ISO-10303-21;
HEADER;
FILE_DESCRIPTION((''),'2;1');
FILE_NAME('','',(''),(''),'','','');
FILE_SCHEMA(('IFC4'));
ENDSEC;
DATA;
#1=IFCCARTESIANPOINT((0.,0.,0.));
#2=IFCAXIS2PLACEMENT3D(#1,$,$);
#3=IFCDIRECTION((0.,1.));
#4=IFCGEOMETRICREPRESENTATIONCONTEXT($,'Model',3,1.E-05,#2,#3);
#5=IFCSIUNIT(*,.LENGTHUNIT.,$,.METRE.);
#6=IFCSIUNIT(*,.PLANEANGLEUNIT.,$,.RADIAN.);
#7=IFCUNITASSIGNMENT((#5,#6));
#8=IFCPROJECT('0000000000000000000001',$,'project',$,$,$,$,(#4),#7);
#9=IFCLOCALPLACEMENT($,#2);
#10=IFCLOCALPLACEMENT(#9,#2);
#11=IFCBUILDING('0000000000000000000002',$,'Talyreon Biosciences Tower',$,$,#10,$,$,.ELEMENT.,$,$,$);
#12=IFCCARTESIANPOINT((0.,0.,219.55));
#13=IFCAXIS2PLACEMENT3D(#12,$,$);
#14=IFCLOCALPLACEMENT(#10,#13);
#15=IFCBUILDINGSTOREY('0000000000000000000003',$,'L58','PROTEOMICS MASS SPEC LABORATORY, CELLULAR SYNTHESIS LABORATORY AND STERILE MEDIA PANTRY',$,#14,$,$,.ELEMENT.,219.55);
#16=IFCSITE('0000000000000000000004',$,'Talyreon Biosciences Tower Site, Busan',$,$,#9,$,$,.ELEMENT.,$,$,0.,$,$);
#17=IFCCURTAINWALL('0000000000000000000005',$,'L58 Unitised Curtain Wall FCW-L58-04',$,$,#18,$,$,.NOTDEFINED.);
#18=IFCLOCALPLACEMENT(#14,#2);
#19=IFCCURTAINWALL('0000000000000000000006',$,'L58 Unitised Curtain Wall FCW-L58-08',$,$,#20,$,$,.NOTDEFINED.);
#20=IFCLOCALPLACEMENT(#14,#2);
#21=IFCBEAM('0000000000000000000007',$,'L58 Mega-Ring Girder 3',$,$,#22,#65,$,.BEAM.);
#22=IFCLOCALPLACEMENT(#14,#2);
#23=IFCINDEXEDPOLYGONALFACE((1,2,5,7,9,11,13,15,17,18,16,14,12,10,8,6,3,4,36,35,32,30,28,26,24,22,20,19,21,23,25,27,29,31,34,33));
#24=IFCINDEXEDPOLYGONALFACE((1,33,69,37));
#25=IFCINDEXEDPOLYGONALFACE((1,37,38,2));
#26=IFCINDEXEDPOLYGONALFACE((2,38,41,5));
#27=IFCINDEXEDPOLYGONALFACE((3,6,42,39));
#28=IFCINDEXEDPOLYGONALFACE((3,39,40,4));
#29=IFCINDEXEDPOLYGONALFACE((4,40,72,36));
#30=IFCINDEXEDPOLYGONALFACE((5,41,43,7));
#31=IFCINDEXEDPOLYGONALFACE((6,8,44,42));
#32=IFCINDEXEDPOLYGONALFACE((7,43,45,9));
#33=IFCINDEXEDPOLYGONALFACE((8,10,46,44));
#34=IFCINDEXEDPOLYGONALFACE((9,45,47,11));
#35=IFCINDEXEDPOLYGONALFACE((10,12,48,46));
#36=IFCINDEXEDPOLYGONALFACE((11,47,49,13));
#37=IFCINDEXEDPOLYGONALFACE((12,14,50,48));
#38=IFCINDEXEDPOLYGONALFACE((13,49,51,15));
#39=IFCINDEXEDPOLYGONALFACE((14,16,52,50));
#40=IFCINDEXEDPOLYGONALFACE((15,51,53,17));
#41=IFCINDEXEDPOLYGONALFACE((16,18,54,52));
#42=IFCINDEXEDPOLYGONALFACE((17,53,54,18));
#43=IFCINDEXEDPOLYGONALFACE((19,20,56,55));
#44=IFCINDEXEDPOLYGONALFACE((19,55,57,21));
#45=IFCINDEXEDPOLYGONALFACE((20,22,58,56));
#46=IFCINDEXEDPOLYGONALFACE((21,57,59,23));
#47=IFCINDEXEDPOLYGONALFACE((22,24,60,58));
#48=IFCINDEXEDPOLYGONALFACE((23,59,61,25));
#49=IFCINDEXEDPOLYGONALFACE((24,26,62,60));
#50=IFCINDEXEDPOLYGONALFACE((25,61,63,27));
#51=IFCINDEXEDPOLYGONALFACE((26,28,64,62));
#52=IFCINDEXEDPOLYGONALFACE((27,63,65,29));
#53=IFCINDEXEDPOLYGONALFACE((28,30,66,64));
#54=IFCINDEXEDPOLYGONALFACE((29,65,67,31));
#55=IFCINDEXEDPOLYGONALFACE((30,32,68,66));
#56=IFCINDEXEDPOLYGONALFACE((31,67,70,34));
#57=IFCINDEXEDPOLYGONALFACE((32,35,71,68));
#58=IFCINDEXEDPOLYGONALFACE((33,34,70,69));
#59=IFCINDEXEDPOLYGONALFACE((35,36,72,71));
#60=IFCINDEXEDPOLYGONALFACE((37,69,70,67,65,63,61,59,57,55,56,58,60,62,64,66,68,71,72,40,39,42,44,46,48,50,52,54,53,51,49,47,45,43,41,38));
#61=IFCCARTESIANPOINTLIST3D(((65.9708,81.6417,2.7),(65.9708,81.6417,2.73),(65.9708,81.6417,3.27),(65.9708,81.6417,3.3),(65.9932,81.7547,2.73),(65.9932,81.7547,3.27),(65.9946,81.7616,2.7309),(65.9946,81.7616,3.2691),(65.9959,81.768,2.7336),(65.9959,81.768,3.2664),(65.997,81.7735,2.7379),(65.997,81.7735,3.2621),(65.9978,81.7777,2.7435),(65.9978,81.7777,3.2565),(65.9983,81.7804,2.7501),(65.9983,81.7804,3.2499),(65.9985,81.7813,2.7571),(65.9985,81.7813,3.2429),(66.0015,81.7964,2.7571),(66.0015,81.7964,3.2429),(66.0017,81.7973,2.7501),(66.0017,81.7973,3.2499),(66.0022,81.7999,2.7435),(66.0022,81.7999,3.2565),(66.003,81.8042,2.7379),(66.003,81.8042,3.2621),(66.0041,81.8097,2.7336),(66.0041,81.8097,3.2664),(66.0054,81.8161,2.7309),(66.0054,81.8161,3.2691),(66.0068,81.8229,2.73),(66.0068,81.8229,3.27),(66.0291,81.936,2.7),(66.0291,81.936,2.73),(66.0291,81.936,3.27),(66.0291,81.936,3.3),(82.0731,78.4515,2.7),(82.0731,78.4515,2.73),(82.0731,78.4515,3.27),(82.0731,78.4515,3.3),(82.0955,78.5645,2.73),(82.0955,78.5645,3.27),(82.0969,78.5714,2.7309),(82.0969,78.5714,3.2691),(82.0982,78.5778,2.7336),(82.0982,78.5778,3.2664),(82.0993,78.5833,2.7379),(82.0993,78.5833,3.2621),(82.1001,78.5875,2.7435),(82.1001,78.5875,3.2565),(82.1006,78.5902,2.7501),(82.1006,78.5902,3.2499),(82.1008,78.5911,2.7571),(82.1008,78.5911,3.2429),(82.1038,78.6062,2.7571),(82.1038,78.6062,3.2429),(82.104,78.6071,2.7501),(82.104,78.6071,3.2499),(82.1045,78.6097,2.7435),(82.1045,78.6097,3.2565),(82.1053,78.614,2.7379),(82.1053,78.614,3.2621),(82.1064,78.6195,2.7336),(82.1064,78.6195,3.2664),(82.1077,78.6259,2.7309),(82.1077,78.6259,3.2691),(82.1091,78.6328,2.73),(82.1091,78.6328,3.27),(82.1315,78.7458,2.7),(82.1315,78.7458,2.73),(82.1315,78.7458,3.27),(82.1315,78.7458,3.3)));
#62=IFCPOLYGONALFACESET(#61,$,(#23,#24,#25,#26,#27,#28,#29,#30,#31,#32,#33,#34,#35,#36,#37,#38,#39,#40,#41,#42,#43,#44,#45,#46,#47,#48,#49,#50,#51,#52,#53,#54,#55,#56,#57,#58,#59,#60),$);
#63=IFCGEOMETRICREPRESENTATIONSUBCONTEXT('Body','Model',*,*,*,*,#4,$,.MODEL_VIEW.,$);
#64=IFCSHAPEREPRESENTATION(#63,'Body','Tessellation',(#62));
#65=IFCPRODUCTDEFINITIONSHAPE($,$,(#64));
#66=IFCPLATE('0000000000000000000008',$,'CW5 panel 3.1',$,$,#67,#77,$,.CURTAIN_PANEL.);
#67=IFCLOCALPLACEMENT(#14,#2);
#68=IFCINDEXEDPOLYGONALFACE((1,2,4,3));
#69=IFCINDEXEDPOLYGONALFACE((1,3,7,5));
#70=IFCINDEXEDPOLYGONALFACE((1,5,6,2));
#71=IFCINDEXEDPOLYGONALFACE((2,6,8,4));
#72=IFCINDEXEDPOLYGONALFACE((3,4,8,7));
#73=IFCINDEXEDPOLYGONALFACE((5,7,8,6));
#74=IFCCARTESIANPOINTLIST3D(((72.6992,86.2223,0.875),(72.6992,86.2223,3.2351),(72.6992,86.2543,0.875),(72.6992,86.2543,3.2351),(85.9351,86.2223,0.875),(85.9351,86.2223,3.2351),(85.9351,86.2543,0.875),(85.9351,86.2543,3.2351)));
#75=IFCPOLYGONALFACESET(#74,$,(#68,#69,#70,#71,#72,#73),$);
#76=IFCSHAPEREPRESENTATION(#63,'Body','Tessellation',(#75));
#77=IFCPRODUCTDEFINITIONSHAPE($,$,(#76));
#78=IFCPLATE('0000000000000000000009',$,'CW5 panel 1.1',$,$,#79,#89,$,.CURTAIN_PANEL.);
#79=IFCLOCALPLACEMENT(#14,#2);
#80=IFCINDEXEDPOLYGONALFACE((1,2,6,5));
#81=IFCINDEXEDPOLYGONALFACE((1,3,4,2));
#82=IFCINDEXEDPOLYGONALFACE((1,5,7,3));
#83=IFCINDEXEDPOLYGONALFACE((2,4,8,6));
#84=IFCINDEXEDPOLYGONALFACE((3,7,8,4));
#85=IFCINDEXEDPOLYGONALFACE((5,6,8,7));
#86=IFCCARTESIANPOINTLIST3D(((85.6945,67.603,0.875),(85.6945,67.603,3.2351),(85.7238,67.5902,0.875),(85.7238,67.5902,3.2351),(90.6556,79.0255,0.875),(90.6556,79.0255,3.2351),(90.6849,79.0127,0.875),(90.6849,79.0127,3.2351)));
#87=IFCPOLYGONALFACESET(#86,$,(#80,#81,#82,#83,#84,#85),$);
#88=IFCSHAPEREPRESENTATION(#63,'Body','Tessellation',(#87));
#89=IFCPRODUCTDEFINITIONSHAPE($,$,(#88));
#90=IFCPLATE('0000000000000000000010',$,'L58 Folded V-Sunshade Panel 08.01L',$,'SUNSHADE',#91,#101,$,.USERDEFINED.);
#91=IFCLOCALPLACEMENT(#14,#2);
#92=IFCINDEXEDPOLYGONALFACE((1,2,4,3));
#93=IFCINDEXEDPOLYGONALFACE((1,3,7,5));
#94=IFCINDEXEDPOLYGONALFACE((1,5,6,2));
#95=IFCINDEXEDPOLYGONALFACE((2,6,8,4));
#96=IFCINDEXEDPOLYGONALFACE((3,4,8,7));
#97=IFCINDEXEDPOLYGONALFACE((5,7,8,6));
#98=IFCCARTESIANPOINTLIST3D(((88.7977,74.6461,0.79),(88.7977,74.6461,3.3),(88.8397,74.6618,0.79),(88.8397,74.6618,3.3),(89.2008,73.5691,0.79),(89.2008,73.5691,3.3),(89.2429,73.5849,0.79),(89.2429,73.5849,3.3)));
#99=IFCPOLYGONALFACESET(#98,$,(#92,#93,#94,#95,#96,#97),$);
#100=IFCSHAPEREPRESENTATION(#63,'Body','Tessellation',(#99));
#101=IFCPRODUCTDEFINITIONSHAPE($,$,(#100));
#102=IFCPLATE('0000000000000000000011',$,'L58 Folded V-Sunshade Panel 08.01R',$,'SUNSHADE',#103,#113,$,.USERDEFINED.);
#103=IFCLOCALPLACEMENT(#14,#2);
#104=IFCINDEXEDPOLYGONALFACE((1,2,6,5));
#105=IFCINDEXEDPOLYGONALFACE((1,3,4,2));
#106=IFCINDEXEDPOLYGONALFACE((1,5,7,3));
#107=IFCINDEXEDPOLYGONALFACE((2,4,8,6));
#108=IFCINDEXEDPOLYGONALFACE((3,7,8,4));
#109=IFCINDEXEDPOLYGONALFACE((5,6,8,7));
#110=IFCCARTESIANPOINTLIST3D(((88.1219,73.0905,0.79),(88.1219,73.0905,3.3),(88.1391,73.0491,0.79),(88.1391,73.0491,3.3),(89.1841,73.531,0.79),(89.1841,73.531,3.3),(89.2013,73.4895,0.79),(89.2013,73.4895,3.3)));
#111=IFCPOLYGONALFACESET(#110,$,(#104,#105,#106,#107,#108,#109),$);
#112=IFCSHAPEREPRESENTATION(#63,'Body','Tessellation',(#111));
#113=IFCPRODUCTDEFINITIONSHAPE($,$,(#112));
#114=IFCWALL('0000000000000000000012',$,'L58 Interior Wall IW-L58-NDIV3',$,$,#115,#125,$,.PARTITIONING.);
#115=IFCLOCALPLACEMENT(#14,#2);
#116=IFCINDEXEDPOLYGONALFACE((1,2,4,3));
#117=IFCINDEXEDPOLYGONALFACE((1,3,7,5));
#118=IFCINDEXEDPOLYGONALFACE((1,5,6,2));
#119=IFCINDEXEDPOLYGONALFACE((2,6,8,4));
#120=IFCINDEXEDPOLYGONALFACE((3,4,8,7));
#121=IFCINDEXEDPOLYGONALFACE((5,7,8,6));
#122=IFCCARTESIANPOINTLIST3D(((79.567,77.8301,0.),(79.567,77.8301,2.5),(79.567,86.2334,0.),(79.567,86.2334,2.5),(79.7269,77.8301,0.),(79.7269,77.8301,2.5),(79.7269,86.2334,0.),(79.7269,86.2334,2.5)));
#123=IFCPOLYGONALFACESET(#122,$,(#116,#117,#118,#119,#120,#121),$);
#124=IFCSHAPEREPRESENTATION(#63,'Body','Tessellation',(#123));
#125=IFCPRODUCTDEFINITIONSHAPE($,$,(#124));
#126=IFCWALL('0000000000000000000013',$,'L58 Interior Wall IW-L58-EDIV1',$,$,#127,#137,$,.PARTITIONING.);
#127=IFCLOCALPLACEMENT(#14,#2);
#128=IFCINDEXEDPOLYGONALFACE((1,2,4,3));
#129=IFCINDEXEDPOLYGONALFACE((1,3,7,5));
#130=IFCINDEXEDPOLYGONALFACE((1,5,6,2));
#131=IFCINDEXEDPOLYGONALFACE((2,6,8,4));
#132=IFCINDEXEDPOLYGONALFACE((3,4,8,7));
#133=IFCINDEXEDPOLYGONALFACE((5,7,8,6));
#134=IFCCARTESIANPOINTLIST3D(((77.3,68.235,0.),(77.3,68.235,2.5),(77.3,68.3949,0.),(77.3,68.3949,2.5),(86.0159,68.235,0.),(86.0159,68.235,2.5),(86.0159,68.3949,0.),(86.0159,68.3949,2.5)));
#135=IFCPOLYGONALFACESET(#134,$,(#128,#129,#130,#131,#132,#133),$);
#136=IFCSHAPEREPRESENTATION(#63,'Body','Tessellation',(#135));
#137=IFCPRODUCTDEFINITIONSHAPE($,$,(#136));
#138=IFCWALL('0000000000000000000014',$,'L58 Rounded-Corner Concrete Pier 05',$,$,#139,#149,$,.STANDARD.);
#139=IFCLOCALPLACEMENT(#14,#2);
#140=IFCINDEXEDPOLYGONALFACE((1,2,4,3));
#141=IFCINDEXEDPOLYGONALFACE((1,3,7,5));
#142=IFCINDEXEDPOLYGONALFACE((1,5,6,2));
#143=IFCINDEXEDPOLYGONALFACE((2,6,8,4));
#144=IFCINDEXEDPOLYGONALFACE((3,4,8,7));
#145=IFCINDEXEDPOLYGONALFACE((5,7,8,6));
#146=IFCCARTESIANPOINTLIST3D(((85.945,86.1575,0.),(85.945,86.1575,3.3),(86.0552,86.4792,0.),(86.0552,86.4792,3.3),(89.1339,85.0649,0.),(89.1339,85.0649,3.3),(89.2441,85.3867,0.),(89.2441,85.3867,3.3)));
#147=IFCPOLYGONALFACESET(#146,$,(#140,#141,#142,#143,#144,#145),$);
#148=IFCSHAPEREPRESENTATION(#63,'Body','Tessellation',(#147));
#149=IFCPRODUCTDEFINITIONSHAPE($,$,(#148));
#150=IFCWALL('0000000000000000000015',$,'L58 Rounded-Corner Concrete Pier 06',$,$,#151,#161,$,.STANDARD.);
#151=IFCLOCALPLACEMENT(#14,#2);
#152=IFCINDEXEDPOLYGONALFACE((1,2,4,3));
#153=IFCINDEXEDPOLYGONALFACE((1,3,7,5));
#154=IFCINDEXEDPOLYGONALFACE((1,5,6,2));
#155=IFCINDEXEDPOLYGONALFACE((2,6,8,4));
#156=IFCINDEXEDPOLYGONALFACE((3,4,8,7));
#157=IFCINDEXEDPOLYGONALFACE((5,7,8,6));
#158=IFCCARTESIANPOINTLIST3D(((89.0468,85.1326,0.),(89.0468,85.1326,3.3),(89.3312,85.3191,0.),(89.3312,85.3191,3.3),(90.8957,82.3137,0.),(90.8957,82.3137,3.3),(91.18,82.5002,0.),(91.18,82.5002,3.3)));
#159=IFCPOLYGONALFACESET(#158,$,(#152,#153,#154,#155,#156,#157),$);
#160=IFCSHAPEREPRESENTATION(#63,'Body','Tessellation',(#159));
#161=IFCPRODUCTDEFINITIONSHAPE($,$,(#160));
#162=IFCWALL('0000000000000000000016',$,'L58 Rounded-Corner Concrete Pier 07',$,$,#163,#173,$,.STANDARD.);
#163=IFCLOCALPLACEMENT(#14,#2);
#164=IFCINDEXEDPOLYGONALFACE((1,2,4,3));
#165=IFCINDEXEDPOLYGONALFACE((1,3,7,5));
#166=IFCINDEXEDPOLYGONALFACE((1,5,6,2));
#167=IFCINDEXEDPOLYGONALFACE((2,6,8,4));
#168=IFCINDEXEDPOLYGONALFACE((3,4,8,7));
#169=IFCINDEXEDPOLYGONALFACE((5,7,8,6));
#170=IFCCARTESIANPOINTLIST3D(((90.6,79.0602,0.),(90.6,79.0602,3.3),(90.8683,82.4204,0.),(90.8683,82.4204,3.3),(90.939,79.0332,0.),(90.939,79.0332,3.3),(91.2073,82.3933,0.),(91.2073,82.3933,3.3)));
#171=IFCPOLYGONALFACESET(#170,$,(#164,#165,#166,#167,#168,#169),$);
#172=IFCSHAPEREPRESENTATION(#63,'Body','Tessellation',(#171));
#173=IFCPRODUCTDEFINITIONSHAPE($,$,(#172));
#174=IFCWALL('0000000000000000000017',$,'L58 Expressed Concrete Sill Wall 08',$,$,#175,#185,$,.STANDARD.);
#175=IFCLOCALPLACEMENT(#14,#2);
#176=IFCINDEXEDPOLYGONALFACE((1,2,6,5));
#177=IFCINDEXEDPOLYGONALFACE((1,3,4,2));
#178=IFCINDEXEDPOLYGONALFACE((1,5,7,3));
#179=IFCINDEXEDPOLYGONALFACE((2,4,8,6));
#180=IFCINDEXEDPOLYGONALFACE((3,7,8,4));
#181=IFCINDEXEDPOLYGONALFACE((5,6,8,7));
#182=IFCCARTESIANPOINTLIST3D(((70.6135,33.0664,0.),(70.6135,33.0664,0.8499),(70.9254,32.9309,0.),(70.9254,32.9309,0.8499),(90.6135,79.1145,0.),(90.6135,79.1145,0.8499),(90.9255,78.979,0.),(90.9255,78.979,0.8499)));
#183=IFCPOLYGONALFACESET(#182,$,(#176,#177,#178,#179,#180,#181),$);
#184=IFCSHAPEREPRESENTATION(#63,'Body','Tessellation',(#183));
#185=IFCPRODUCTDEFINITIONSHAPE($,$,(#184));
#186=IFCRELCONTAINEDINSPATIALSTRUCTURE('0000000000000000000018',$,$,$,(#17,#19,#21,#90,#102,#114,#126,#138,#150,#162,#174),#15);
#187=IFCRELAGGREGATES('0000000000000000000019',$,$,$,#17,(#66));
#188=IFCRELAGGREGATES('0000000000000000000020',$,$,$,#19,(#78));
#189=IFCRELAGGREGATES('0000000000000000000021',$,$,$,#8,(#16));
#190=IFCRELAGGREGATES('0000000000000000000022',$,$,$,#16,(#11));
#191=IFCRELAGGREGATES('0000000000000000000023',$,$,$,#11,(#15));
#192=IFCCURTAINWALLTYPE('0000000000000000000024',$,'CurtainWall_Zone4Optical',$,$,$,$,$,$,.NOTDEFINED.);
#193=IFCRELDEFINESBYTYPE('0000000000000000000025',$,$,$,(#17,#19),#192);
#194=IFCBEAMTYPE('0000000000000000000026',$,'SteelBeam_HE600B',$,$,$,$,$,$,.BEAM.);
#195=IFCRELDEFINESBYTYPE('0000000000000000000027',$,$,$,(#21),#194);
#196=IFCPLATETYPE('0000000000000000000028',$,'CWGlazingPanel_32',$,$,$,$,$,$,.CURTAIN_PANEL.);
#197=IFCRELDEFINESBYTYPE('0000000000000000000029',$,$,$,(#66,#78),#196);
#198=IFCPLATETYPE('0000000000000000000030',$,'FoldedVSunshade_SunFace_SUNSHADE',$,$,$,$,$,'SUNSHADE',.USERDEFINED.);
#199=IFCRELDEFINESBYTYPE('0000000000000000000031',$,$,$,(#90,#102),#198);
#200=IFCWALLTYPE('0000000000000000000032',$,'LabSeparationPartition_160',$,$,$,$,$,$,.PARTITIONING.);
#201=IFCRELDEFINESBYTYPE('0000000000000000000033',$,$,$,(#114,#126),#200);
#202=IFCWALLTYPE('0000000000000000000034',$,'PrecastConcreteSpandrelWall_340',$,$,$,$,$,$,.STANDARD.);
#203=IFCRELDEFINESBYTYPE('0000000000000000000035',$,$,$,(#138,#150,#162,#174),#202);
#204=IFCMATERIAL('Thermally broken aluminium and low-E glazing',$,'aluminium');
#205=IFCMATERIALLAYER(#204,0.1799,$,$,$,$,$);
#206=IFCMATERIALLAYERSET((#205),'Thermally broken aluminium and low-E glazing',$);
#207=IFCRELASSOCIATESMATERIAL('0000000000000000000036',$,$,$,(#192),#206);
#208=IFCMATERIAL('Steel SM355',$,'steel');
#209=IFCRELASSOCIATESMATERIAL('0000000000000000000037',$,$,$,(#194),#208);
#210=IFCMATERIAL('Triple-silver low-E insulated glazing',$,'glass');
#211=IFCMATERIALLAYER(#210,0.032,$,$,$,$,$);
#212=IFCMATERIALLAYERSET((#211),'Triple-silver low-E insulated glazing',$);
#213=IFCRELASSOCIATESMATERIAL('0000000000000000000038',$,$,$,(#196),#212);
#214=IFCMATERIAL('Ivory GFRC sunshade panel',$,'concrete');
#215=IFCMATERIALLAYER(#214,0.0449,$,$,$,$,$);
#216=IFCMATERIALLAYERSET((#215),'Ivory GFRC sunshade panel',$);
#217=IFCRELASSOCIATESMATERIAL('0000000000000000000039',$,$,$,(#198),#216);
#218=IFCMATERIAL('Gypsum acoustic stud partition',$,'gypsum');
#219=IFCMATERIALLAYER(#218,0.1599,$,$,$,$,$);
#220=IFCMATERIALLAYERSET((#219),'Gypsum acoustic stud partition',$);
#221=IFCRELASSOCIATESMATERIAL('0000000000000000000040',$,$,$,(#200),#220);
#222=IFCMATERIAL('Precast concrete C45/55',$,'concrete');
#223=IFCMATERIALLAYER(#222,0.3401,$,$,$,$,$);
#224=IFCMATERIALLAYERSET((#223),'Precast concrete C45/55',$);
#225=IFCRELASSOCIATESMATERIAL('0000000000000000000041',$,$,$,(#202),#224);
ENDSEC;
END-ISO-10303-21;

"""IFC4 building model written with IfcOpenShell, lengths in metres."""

from ifc_helpers import new_model, si_unit, direction, frame, frame_2d, origin, origin_2d, place, context, subcontext, project, spatial, rectangle, i_section, extrude, material, layer, layer_set, material_profile, profile_set, type_object, element, aggregate, save


model = new_model("IFC4")

# Units and contexts
model_context = context("Model", 3, precision=1e-05, world=origin(), true_north=direction((0.0, 1.0)))
body_context = subcontext(model_context, "Body", "Model", "MODEL_VIEW")
ifc_project = project(units=[si_unit("LENGTHUNIT", "METRE"), si_unit("PLANEANGLEUNIT", "RADIAN")], contexts=[model_context])

# Site, building, storey
site_placement = place(None, origin())
site = spatial("IfcSite", under=ifc_project, at=site_placement, Name="Talyreon Biosciences Tower Site, Busan", CompositionType="ELEMENT", RefElevation=0.0)
building_placement = place(site_placement, origin())
building = spatial("IfcBuilding", under=site, at=building_placement, Name="Talyreon Biosciences Tower", CompositionType="ELEMENT")
storey_placement = place(building_placement, frame((0.0, 0.0, 219.55)))
storey = spatial("IfcBuildingStorey", under=building, at=storey_placement, Name="L58", Description="PROTEOMICS MASS SPEC LABORATORY, CELLULAR SYNTHESIS LABORATORY AND STERILE MEDIA PANTRY", CompositionType="ELEMENT", Elevation=219.55)

# Curtain wall
ifc_material_1 = material(Name="Thermally broken aluminium and low-E glazing", Category="aluminium")
ifc_layer_1 = layer(ifc_material_1, 0.1799)
ifc_layer_set_1 = layer_set([ifc_layer_1], Name="Thermally broken aluminium and low-E glazing")
curtain_wall_type = type_object("IfcCurtainWallType", Name="CurtainWall_Zone4Optical", PredefinedType="NOTDEFINED", material=ifc_layer_set_1)
curtain_wall_1_placement = place(storey_placement, origin())
curtain_wall_1 = element("IfcCurtainWall", 1, at=curtain_wall_1_placement, inside=storey, type_object=curtain_wall_type, Name="L58 Unitised Curtain Wall FCW-L58-04", PredefinedType="NOTDEFINED")

# Curtain wall
curtain_wall_2_placement = place(storey_placement, origin())
curtain_wall_2 = element("IfcCurtainWall", 2, at=curtain_wall_2_placement, inside=storey, type_object=curtain_wall_type, Name="L58 Unitised Curtain Wall FCW-L58-08", PredefinedType="NOTDEFINED")

# Beam
ifc_material_2 = material(Name="Precast concrete C45/55", Category="concrete")
ifc_material_3 = material(Name="Steel SM355", Category="steel")
ifc_material_profile_1 = material_profile(ifc_material_3, i_section(OverallWidth=0.3, OverallDepth=0.6001, WebThickness=0.0154, FlangeThickness=0.03, FilletRadius=0.0271, at=origin_2d()), Name="HE600B")
ifc_profile_set_1 = profile_set([ifc_material_profile_1], Name="Steel SM355")
beam_type_1 = type_object("IfcBeamType", Name="SteelBeam_HE600B", PredefinedType="BEAM", material=ifc_profile_set_1)
beam_1_placement = place(storey_placement, frame((82.1023, 78.5986, 3.0), z_axis=(-0.980934, 0.194343, 0.0), x_axis=(-0.194343, -0.980934, 0.0)))
element("IfcBeam", 3, at=beam_1_placement, inside=storey, type_object=beam_type_1, Name="L58 Mega-Ring Girder 3", PredefinedType="BEAM", context=body_context, shape_type="SweptSolid", body=[
    extrude(i_section(OverallWidth=0.3, OverallDepth=0.6001, WebThickness=0.0154, FlangeThickness=0.03, FilletRadius=0.0271, at=origin_2d()), origin(), (0.0, 0.0, 1.0), 16.4153),
])

# Plates
ifc_material_4 = material(Name="Triple-silver low-E insulated glazing", Category="glass")
ifc_layer_2 = layer(ifc_material_4, 0.032)
ifc_layer_set_2 = layer_set([ifc_layer_2], Name="Triple-silver low-E insulated glazing")
plate_type_1 = type_object("IfcPlateType", Name="CWGlazingPanel_32", PredefinedType="CURTAIN_PANEL", material=ifc_layer_set_2)
plate_1_placement = place(storey_placement, frame((79.3171, 86.2383, 0.875), z_axis=(0.0, 0.0, 1.0), x_axis=(1.0, 0.0, 0.0)))
plate_1 = element("IfcPlate", 4, at=plate_1_placement, type_object=plate_type_1, Name="CW5 panel 3.1", PredefinedType="CURTAIN_PANEL", context=body_context, shape_type="SweptSolid", body=[
    extrude(rectangle(XDim=13.2358, YDim=0.032, at=origin_2d()), origin(), (0.0, 0.0, 1.0), 2.3601),
])
aggregate(curtain_wall_1, [plate_1])
plate_2_placement = place(storey_placement, frame((88.1897, 73.3079, 0.875), z_axis=(0.0, 0.0, 1.0), x_axis=(-0.398376, -0.917222, 0.0)))
plate_2 = element("IfcPlate", 5, at=plate_2_placement, type_object=plate_type_1, Name="CW5 panel 1.1", PredefinedType="CURTAIN_PANEL", context=body_context, shape_type="SweptSolid", body=[
    extrude(rectangle(XDim=12.4534, YDim=0.032, at=origin_2d()), origin(), (0.0, 0.0, 1.0), 2.3601),
])
aggregate(curtain_wall_2, [plate_2])

# Plates
ifc_material_5 = material(Name="Ivory GFRC sunshade panel", Category="concrete")
ifc_layer_3 = layer(ifc_material_5, 0.0449)
ifc_layer_set_3 = layer_set([ifc_layer_3], Name="Ivory GFRC sunshade panel")
plate_type_2 = type_object("IfcPlateType", Name="FoldedVSunshade_SunFace_SUNSHADE", ElementType="SUNSHADE", PredefinedType="USERDEFINED", material=ifc_layer_set_3)
for number, where, z_axis, x_axis, name in (
    (6, (89.0203, 74.1155, 0.79), (0.0, 0.0, 1.0), (0.350583, -0.936532, 0.0), "L58 Folded V-Sunshade Panel 08.01L"),
    (7, (88.6616, 73.29, 0.79), (0.0, 0.0, 1.0), (-0.923726, -0.383054, 0.0), "L58 Folded V-Sunshade Panel 08.01R"),
):
    element("IfcPlate", number, at=place(storey_placement, frame(where, z_axis=z_axis, x_axis=x_axis)), inside=storey, type_object=plate_type_2, Name=name, ObjectType="SUNSHADE", PredefinedType="USERDEFINED", context=body_context, shape_type="SweptSolid", body=[
        extrude(rectangle(XDim=1.1499, YDim=0.0449, at=origin_2d()), origin(), (0.0, 0.0, 1.0), 2.51),
    ])

# Walls
ifc_material_6 = material(Name="Gypsum acoustic stud partition", Category="gypsum")
ifc_layer_4 = layer(ifc_material_6, 0.1599)
ifc_layer_set_4 = layer_set([ifc_layer_4], Name="Gypsum acoustic stud partition")
wall_type_1 = type_object("IfcWallType", Name="LabSeparationPartition_160", PredefinedType="PARTITIONING", material=ifc_layer_set_4)
wall_1_placement = place(storey_placement, frame((79.647, 77.8301, 0.0), z_axis=(0.0, 0.0, 1.0), x_axis=(0.0, 1.0, 0.0)))
element("IfcWall", 8, at=wall_1_placement, inside=storey, type_object=wall_type_1, Name="L58 Interior Wall IW-L58-NDIV3", PredefinedType="PARTITIONING", context=body_context, shape_type="SweptSolid", body=[
    extrude(rectangle(XDim=8.4033, YDim=0.1599, at=frame_2d((4.2017, 0.0))), origin(), (0.0, 0.0, 1.0), 2.5),
])
wall_2_placement = place(storey_placement, frame((77.3, 68.3149, 0.0), z_axis=(0.0, 0.0, 1.0), x_axis=(1.0, 0.0, 0.0)))
element("IfcWall", 9, at=wall_2_placement, inside=storey, type_object=wall_type_1, Name="L58 Interior Wall IW-L58-EDIV1", PredefinedType="PARTITIONING", context=body_context, shape_type="SweptSolid", body=[
    extrude(rectangle(XDim=8.7158, YDim=0.1599, at=frame_2d((4.3579, 0.0))), origin(), (0.0, 0.0, 1.0), 2.5),
])
ifc_layer_5 = layer(ifc_material_2, 0.3401)
ifc_layer_set_5 = layer_set([ifc_layer_5], Name="Precast concrete C45/55")
wall_type_2 = type_object("IfcWallType", Name="PrecastConcreteSpandrelWall_340", PredefinedType="STANDARD", material=ifc_layer_set_5)
wall_3_placement = place(storey_placement, frame((86.0, 86.3184, 0.0), z_axis=(0.0, 0.0, 1.0), x_axis=(0.946021, -0.324104, 0.0)))
element("IfcWall", 10, at=wall_3_placement, inside=storey, type_object=wall_type_2, Name="L58 Rounded-Corner Concrete Pier 05", PredefinedType="STANDARD", context=body_context, shape_type="SweptSolid", body=[
    extrude(rectangle(XDim=3.3708, YDim=0.3401, at=frame_2d((1.6855, 0.0))), origin(), (0.0, 0.0, 1.0), 3.3),
])
wall_4_placement = place(storey_placement, frame((89.189, 85.2258, 0.0), z_axis=(0.0, 0.0, 1.0), x_axis=(0.548451, -0.836183, 0.0)))
element("IfcWall", 11, at=wall_4_placement, inside=storey, type_object=wall_type_2, Name="L58 Rounded-Corner Concrete Pier 06", PredefinedType="STANDARD", context=body_context, shape_type="SweptSolid", body=[
    extrude(rectangle(XDim=3.3711, YDim=0.3401, at=frame_2d((1.6855, 0.0))), origin(), (0.0, 0.0, 1.0), 3.3),
])
wall_5_placement = place(storey_placement, frame((91.0378, 82.407, 0.0), z_axis=(0.0, 0.0, 1.0), x_axis=(-0.079598, -0.996827, 0.0)))
element("IfcWall", 12, at=wall_5_placement, inside=storey, type_object=wall_type_2, Name="L58 Rounded-Corner Concrete Pier 07", PredefinedType="STANDARD", context=body_context, shape_type="SweptSolid", body=[
    extrude(rectangle(XDim=3.3708, YDim=0.3401, at=frame_2d((1.6855, 0.0))), origin(), (0.0, 0.0, 1.0), 3.3),
])
wall_6_placement = place(storey_placement, frame((90.7695, 79.0469, 0.0), z_axis=(0.0, 0.0, 1.0), x_axis=(-0.398376, -0.917222, 0.0)))
element("IfcWall", 13, at=wall_6_placement, inside=storey, type_object=wall_type_2, Name="L58 Expressed Concrete Sill Wall 08", PredefinedType="STANDARD", context=body_context, shape_type="SweptSolid", body=[
    extrude(rectangle(XDim=50.2039, YDim=0.3401, at=frame_2d((25.1021, 0.0))), origin(), (0.0, 0.0, 1.0), 0.8499),
])

save(model, "model.ifc")
